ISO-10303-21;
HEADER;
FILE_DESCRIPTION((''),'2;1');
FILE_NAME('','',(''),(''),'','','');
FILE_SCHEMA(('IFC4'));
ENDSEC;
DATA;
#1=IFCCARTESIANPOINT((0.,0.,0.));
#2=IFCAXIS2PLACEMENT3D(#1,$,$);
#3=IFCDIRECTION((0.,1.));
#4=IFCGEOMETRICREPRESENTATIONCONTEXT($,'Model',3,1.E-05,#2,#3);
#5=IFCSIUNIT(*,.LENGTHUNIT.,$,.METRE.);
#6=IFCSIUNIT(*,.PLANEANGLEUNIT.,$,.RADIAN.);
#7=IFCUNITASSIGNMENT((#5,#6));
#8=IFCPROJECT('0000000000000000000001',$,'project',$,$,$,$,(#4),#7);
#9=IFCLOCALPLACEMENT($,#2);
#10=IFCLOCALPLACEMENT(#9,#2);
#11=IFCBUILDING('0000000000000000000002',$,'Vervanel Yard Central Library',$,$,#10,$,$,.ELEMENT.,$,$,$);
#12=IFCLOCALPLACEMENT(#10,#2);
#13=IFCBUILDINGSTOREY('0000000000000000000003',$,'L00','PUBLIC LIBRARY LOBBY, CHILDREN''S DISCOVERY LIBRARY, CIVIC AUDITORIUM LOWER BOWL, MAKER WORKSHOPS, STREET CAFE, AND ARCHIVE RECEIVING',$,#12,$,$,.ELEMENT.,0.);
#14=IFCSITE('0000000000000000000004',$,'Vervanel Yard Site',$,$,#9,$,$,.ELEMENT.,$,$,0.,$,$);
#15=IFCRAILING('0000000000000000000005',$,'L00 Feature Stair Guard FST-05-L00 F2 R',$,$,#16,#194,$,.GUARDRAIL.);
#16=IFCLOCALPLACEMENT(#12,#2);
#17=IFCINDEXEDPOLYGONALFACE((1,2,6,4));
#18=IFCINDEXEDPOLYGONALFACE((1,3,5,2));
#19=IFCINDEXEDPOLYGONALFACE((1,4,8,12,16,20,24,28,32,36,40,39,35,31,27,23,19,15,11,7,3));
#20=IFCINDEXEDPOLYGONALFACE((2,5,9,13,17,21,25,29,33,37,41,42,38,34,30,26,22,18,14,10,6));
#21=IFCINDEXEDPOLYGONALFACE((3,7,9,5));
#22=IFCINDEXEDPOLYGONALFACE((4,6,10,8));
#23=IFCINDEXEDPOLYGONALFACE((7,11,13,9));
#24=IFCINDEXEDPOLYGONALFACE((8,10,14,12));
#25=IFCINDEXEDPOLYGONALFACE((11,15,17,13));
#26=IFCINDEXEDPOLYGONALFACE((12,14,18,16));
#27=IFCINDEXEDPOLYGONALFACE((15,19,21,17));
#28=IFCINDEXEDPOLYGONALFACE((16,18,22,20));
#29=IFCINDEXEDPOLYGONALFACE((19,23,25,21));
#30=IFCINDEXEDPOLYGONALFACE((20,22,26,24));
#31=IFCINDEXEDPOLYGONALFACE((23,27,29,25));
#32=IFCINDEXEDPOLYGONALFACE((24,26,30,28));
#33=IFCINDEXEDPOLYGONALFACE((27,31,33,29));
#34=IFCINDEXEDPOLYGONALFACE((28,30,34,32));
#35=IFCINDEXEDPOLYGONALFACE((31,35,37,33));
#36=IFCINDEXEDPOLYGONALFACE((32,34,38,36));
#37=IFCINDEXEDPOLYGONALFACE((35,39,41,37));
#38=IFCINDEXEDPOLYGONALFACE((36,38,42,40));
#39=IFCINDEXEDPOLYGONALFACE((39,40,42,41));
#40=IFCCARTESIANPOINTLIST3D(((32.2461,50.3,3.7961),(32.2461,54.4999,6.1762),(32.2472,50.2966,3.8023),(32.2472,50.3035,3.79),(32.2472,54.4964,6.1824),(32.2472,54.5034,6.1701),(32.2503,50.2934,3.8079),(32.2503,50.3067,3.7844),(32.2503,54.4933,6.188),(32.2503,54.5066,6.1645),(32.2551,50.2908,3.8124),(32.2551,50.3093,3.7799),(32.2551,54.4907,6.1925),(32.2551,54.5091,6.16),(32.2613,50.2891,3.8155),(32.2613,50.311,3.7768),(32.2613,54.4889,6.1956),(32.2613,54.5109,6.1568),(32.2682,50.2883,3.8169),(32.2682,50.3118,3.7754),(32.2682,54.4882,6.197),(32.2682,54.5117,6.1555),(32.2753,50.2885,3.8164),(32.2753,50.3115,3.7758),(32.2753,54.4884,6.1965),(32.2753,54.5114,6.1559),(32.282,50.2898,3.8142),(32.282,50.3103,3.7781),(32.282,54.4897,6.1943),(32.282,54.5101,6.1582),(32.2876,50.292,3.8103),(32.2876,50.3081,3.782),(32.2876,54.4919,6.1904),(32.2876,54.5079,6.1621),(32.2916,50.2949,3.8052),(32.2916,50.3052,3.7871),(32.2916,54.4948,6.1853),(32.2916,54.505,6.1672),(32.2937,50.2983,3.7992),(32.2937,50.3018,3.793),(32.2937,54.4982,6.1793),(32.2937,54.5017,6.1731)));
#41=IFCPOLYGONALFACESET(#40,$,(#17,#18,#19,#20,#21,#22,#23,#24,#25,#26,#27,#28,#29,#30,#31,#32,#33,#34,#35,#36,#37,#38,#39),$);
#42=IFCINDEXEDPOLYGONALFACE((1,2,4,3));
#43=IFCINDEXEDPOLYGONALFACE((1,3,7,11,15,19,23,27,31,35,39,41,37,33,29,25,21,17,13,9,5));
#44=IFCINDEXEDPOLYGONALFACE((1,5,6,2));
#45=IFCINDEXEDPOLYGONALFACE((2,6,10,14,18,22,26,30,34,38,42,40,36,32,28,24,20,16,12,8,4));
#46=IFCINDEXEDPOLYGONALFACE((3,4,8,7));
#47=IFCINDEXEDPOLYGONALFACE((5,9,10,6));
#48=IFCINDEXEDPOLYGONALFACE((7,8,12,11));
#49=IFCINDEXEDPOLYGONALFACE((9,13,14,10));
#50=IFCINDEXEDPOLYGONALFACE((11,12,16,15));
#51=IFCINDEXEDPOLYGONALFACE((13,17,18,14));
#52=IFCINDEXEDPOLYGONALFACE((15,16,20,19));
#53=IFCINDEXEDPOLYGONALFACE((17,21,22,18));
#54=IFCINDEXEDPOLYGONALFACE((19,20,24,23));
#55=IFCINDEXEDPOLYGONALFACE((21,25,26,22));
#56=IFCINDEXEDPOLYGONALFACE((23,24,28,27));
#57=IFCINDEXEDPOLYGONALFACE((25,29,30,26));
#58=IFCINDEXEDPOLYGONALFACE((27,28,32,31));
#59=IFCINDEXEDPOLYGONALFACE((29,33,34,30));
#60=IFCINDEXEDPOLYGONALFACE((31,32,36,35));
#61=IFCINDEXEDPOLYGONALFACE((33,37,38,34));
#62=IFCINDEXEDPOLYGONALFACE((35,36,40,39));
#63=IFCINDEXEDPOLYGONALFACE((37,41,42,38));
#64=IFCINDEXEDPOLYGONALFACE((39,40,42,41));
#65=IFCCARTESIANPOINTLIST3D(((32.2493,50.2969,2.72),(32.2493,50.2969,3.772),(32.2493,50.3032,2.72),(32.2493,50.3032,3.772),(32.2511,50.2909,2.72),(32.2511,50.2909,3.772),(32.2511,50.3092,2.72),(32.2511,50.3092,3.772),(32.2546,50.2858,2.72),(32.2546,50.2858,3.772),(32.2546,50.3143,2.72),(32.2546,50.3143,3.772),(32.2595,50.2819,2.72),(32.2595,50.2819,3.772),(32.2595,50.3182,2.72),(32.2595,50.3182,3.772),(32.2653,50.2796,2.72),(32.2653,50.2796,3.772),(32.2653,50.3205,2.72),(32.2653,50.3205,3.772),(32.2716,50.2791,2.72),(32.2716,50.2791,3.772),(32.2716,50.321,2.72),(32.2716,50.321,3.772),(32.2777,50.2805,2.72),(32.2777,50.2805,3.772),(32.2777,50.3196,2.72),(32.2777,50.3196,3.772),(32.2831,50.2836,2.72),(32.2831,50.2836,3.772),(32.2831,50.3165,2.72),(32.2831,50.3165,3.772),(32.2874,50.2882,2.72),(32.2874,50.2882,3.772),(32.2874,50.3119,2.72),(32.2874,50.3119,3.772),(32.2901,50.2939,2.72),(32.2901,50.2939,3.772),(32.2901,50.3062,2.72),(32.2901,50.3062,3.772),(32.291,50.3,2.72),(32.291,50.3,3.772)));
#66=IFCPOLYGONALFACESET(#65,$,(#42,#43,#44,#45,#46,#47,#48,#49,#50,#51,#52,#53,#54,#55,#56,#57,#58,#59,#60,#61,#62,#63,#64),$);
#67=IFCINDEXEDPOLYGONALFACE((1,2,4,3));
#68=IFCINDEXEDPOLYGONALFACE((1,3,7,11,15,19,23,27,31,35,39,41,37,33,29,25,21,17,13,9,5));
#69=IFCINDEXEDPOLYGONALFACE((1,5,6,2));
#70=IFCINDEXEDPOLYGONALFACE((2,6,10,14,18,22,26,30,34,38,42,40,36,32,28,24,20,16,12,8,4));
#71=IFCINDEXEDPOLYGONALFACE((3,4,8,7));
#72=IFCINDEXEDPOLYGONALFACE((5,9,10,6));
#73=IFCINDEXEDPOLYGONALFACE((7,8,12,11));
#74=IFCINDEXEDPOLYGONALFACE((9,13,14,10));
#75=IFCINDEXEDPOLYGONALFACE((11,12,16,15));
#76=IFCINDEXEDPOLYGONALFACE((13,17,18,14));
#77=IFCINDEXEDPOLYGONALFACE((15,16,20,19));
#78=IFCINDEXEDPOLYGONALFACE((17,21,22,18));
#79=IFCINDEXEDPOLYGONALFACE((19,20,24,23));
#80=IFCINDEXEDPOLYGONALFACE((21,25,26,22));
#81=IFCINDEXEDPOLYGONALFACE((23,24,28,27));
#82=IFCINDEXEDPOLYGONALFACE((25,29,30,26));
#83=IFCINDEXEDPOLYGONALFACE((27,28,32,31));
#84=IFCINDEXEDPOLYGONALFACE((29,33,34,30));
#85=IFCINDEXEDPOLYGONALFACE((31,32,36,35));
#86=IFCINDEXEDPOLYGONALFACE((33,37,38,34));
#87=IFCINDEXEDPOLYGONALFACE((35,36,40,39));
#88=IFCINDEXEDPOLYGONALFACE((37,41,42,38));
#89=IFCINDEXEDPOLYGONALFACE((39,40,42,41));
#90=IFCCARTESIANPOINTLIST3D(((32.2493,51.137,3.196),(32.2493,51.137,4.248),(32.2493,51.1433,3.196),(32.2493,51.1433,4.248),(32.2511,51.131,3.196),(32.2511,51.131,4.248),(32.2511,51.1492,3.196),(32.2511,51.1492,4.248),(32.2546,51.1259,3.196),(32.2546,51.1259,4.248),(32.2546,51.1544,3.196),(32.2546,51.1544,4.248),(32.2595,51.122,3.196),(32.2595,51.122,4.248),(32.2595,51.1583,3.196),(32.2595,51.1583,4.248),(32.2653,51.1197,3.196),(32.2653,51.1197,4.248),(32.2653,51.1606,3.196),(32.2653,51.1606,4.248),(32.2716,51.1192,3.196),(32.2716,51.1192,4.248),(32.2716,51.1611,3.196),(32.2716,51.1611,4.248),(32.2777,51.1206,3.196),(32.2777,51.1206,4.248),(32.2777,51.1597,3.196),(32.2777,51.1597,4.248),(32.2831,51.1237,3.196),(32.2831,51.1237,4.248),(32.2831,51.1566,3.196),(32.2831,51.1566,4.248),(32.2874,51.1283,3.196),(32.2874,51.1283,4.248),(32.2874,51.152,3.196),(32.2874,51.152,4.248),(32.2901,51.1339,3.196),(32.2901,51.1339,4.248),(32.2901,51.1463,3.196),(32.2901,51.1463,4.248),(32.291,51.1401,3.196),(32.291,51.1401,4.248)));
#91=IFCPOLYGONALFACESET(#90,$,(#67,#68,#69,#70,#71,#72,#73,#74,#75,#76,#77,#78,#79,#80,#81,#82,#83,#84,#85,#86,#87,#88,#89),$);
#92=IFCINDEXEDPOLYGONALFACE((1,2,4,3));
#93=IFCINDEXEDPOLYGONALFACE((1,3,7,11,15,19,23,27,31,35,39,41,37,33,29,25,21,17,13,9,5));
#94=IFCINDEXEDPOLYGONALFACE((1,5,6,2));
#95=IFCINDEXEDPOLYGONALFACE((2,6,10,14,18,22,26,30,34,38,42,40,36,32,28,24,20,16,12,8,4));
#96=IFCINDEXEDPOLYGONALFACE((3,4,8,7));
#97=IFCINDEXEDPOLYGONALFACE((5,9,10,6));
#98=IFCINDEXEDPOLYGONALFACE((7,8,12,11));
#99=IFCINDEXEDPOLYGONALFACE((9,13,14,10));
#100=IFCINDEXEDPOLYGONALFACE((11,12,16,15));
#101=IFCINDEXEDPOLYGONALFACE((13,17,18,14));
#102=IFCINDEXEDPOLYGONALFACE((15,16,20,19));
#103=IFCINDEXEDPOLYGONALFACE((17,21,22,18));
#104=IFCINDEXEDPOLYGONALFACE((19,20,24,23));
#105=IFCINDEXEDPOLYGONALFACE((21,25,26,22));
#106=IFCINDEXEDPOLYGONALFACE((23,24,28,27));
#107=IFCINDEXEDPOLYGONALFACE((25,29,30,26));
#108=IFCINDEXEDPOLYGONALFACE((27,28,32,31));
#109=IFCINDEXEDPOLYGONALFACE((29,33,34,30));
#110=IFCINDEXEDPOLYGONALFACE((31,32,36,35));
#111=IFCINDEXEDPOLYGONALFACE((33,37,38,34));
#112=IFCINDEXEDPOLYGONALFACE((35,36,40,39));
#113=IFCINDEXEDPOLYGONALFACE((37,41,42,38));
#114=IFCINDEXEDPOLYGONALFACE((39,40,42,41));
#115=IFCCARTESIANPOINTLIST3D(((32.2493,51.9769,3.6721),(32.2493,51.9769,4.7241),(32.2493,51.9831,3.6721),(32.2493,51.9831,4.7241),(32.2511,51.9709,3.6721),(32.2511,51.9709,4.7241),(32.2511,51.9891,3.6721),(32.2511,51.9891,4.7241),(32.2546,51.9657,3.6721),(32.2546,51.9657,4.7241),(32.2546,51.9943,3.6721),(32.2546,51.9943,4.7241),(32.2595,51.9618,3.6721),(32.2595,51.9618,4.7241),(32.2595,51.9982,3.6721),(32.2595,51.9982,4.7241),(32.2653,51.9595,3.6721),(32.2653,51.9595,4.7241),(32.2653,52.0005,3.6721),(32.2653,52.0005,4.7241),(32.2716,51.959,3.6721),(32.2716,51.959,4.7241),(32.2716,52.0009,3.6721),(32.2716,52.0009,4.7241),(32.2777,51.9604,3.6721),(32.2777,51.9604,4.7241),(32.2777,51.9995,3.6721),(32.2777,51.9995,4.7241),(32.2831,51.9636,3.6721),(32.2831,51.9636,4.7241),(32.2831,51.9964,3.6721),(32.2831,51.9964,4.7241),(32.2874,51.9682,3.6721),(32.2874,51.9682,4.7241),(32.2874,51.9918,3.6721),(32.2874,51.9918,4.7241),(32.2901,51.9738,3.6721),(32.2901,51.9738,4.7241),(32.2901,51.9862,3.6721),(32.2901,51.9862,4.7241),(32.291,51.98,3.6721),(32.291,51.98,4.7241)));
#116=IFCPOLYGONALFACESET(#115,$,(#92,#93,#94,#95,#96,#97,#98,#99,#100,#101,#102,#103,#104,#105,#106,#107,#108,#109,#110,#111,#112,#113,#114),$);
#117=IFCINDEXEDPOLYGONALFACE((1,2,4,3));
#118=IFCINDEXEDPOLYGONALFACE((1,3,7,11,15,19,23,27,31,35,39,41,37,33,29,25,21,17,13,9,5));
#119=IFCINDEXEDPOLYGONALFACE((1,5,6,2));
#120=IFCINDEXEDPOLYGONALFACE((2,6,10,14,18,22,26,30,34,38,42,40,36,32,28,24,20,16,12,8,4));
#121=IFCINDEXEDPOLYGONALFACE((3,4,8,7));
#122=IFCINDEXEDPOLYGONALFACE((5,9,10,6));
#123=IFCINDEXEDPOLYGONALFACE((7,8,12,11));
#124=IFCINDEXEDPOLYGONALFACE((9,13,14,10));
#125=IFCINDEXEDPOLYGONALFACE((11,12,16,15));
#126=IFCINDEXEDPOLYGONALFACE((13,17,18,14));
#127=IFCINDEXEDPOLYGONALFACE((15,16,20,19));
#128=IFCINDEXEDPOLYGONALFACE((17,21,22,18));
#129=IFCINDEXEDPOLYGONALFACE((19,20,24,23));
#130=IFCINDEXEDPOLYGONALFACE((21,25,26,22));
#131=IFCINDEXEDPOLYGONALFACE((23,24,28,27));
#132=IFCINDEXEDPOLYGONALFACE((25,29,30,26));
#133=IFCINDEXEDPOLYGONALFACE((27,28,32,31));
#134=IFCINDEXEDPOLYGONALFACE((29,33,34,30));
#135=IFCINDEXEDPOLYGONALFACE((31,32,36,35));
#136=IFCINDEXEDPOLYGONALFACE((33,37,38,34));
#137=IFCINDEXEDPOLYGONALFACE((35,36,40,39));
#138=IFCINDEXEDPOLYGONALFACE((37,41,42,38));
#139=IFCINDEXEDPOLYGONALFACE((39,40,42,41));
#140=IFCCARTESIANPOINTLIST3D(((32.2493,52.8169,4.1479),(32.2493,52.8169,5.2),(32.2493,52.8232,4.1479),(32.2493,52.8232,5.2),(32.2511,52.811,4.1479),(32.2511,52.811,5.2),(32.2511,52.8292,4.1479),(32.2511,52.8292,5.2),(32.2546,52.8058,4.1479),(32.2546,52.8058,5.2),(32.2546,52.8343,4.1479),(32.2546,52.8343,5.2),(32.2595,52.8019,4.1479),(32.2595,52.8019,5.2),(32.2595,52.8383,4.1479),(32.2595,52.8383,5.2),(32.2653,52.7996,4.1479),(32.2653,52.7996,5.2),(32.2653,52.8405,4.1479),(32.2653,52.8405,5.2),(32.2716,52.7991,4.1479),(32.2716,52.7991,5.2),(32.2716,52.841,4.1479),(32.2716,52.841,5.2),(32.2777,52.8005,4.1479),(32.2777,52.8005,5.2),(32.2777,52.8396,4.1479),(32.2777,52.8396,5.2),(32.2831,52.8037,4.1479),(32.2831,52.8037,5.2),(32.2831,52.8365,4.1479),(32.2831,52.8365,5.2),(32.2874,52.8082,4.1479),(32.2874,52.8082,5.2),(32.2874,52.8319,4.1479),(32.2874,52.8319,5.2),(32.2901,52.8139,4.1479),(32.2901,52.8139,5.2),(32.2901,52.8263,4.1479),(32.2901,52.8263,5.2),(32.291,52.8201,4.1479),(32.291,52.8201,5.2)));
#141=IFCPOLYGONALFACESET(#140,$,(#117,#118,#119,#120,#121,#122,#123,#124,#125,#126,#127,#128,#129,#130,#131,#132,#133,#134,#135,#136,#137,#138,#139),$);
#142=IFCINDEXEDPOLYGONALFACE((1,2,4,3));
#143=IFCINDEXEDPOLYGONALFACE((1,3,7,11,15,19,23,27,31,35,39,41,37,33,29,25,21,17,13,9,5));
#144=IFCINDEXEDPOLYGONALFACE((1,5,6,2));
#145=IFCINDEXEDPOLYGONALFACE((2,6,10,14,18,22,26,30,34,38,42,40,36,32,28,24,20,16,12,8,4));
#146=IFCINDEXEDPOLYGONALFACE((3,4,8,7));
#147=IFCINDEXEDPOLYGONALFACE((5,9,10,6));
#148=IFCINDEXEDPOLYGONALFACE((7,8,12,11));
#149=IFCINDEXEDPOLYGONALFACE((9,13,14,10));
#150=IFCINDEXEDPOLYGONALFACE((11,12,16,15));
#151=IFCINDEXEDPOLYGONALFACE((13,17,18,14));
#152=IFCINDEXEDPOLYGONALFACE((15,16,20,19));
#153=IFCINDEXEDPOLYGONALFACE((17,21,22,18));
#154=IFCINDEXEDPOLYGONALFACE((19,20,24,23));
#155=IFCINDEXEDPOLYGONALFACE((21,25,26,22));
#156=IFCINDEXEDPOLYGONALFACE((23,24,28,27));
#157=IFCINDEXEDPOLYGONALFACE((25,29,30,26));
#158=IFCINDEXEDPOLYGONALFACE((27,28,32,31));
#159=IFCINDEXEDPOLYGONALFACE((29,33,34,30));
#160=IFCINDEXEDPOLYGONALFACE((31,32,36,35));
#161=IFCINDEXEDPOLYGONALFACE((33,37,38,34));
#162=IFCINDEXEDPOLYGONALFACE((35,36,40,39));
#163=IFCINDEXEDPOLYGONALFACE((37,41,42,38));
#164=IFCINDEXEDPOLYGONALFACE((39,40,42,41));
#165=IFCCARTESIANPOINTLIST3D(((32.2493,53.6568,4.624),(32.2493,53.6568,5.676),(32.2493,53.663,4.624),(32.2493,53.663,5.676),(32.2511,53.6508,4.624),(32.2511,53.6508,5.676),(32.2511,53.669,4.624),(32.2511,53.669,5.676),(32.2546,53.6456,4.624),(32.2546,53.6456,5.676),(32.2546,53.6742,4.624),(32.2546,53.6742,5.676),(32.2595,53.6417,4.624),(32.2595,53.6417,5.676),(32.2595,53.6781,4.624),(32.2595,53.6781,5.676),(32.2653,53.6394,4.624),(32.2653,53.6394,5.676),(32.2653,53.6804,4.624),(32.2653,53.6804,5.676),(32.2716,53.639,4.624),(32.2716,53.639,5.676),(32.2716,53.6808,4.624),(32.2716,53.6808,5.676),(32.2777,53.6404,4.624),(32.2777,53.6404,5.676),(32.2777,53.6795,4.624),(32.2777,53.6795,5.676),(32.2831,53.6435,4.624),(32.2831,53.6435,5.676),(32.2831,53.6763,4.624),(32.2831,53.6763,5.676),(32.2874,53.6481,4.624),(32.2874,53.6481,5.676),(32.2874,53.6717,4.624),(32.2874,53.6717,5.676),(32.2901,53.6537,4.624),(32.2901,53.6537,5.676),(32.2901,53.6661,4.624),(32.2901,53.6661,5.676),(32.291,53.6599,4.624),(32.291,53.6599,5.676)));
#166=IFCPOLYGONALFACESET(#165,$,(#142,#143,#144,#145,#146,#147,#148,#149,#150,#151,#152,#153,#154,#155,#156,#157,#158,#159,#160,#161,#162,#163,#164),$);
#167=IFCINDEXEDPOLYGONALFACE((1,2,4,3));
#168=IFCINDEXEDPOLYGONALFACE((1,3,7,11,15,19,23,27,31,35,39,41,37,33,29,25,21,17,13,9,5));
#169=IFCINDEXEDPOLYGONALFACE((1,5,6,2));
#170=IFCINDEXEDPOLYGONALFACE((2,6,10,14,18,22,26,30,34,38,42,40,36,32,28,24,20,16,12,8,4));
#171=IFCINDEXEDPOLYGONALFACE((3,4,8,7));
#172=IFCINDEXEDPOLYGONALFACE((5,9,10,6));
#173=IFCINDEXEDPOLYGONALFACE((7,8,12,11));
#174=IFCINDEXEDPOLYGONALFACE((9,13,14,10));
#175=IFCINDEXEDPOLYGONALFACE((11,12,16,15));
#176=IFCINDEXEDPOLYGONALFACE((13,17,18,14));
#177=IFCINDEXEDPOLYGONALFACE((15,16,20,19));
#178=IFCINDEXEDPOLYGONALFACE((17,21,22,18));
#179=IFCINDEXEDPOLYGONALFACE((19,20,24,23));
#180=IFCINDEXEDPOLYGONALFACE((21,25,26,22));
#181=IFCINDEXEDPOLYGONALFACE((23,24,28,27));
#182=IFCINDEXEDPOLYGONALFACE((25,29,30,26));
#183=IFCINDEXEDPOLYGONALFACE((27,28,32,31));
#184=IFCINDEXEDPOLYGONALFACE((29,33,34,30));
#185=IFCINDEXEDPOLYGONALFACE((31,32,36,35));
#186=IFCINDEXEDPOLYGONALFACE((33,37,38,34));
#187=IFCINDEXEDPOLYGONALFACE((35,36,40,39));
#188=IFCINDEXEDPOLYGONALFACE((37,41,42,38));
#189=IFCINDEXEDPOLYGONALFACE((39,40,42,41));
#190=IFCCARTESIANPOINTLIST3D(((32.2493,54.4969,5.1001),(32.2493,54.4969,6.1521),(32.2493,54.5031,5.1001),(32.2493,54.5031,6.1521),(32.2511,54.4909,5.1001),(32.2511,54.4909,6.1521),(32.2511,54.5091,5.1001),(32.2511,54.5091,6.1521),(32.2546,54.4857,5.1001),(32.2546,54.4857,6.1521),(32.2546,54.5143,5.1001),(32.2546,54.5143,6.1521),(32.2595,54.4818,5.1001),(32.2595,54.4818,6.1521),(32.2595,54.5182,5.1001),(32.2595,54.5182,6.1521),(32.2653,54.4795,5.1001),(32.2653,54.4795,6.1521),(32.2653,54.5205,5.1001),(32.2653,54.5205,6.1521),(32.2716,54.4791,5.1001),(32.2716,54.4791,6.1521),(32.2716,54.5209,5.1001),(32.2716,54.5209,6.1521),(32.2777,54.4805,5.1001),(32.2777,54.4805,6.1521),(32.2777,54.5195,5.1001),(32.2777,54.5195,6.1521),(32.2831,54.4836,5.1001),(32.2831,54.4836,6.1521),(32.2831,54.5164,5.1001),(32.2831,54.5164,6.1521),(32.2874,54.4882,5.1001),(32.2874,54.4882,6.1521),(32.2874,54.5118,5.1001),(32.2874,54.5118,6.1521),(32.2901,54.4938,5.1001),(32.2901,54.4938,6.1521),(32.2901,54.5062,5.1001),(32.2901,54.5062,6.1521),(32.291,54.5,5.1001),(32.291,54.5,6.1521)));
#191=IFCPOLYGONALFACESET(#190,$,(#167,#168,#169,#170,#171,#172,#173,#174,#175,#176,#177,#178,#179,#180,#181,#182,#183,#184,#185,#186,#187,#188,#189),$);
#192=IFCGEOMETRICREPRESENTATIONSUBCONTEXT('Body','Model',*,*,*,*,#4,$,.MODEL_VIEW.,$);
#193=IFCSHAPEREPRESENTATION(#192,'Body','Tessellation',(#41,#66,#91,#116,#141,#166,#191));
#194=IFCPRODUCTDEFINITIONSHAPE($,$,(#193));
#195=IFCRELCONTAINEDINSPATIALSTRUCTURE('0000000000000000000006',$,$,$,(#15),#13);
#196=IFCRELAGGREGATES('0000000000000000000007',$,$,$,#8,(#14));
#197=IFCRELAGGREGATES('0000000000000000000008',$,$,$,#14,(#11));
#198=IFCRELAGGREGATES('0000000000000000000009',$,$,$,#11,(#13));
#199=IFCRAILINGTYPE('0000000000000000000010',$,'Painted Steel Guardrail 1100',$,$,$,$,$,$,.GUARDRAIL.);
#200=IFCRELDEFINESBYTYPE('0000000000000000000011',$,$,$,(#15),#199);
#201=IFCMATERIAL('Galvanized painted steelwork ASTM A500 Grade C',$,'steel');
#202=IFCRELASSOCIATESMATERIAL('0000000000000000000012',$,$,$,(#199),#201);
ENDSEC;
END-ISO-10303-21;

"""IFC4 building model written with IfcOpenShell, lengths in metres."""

from ifc_helpers import new_model, si_unit, direction, frame, origin, origin_2d, place, context, subcontext, project, spatial, circle, extrude, material, type_object, element, save


model = new_model("IFC4")

# Units and contexts
model_context = context("Model", 3, precision=1e-05, world=origin(), true_north=direction((0.0, 1.0)))
body_context = subcontext(model_context, "Body", "Model", "MODEL_VIEW")
ifc_project = project(units=[si_unit("LENGTHUNIT", "METRE"), si_unit("PLANEANGLEUNIT", "RADIAN")], contexts=[model_context])

# Site, building, storey
site_placement = place(None, origin())
site = spatial("IfcSite", under=ifc_project, at=site_placement, Name="Vervanel Yard Site", CompositionType="ELEMENT", RefElevation=0.0)
building_placement = place(site_placement, origin())
building = spatial("IfcBuilding", under=site, at=building_placement, Name="Vervanel Yard Central Library", CompositionType="ELEMENT")
storey_placement = place(building_placement, origin())
storey = spatial("IfcBuildingStorey", under=building, at=storey_placement, Name="L00", Description="PUBLIC LIBRARY LOBBY, CHILDREN'S DISCOVERY LIBRARY, CIVIC AUDITORIUM LOWER BOWL, MAKER WORKSHOPS, STREET CAFE, AND ARCHIVE RECEIVING", CompositionType="ELEMENT", Elevation=0.0)

# Railing
ifc_material_1 = material(Name="Galvanized painted steelwork ASTM A500 Grade C", Category="steel")
railing_type = type_object("IfcRailingType", Name="Painted Steel Guardrail 1100", PredefinedType="GUARDRAIL", material=ifc_material_1)
for number, where, name in (
    (1, (32.27, 50.3, 2.72), "L00 Feature Stair Guard FST-05-L00 F2 R"),
):
    element("IfcRailing", number, at=place(storey_placement, frame(where)), inside=storey, type_object=railing_type, Name=name, PredefinedType="GUARDRAIL", context=body_context, shape_type="SweptSolid", body=[
        extrude(circle(Radius=0.0239, at=origin_2d()), frame((0.0, 0.0, 1.0762), z_axis=(0.0, 0.870008, 0.493037), x_axis=(-1.0, 0.0, 0.0)), (0.0, 0.0, 1.0), 4.8274),
        extrude(circle(Radius=0.021, at=origin_2d()), origin(), (0.0, 0.0, 1.0), 1.052),
        extrude(circle(Radius=0.021, at=origin_2d()), frame((0.0, 0.8401, 0.4761)), (0.0, 0.0, 1.0), 1.052),
        extrude(circle(Radius=0.021, at=origin_2d()), frame((0.0, 1.6799, 0.9521)), (0.0, 0.0, 1.0), 1.052),
        extrude(circle(Radius=0.021, at=origin_2d()), frame((0.0, 2.52, 1.428)), (0.0, 0.0, 1.0), 1.052),
        extrude(circle(Radius=0.021, at=origin_2d()), frame((0.0, 3.3599, 1.9041)), (0.0, 0.0, 1.0), 1.052),
        extrude(circle(Radius=0.021, at=origin_2d()), frame((0.0, 4.2, 2.3801)), (0.0, 0.0, 1.0), 1.052),
    ])

save(model, "model.ifc")
